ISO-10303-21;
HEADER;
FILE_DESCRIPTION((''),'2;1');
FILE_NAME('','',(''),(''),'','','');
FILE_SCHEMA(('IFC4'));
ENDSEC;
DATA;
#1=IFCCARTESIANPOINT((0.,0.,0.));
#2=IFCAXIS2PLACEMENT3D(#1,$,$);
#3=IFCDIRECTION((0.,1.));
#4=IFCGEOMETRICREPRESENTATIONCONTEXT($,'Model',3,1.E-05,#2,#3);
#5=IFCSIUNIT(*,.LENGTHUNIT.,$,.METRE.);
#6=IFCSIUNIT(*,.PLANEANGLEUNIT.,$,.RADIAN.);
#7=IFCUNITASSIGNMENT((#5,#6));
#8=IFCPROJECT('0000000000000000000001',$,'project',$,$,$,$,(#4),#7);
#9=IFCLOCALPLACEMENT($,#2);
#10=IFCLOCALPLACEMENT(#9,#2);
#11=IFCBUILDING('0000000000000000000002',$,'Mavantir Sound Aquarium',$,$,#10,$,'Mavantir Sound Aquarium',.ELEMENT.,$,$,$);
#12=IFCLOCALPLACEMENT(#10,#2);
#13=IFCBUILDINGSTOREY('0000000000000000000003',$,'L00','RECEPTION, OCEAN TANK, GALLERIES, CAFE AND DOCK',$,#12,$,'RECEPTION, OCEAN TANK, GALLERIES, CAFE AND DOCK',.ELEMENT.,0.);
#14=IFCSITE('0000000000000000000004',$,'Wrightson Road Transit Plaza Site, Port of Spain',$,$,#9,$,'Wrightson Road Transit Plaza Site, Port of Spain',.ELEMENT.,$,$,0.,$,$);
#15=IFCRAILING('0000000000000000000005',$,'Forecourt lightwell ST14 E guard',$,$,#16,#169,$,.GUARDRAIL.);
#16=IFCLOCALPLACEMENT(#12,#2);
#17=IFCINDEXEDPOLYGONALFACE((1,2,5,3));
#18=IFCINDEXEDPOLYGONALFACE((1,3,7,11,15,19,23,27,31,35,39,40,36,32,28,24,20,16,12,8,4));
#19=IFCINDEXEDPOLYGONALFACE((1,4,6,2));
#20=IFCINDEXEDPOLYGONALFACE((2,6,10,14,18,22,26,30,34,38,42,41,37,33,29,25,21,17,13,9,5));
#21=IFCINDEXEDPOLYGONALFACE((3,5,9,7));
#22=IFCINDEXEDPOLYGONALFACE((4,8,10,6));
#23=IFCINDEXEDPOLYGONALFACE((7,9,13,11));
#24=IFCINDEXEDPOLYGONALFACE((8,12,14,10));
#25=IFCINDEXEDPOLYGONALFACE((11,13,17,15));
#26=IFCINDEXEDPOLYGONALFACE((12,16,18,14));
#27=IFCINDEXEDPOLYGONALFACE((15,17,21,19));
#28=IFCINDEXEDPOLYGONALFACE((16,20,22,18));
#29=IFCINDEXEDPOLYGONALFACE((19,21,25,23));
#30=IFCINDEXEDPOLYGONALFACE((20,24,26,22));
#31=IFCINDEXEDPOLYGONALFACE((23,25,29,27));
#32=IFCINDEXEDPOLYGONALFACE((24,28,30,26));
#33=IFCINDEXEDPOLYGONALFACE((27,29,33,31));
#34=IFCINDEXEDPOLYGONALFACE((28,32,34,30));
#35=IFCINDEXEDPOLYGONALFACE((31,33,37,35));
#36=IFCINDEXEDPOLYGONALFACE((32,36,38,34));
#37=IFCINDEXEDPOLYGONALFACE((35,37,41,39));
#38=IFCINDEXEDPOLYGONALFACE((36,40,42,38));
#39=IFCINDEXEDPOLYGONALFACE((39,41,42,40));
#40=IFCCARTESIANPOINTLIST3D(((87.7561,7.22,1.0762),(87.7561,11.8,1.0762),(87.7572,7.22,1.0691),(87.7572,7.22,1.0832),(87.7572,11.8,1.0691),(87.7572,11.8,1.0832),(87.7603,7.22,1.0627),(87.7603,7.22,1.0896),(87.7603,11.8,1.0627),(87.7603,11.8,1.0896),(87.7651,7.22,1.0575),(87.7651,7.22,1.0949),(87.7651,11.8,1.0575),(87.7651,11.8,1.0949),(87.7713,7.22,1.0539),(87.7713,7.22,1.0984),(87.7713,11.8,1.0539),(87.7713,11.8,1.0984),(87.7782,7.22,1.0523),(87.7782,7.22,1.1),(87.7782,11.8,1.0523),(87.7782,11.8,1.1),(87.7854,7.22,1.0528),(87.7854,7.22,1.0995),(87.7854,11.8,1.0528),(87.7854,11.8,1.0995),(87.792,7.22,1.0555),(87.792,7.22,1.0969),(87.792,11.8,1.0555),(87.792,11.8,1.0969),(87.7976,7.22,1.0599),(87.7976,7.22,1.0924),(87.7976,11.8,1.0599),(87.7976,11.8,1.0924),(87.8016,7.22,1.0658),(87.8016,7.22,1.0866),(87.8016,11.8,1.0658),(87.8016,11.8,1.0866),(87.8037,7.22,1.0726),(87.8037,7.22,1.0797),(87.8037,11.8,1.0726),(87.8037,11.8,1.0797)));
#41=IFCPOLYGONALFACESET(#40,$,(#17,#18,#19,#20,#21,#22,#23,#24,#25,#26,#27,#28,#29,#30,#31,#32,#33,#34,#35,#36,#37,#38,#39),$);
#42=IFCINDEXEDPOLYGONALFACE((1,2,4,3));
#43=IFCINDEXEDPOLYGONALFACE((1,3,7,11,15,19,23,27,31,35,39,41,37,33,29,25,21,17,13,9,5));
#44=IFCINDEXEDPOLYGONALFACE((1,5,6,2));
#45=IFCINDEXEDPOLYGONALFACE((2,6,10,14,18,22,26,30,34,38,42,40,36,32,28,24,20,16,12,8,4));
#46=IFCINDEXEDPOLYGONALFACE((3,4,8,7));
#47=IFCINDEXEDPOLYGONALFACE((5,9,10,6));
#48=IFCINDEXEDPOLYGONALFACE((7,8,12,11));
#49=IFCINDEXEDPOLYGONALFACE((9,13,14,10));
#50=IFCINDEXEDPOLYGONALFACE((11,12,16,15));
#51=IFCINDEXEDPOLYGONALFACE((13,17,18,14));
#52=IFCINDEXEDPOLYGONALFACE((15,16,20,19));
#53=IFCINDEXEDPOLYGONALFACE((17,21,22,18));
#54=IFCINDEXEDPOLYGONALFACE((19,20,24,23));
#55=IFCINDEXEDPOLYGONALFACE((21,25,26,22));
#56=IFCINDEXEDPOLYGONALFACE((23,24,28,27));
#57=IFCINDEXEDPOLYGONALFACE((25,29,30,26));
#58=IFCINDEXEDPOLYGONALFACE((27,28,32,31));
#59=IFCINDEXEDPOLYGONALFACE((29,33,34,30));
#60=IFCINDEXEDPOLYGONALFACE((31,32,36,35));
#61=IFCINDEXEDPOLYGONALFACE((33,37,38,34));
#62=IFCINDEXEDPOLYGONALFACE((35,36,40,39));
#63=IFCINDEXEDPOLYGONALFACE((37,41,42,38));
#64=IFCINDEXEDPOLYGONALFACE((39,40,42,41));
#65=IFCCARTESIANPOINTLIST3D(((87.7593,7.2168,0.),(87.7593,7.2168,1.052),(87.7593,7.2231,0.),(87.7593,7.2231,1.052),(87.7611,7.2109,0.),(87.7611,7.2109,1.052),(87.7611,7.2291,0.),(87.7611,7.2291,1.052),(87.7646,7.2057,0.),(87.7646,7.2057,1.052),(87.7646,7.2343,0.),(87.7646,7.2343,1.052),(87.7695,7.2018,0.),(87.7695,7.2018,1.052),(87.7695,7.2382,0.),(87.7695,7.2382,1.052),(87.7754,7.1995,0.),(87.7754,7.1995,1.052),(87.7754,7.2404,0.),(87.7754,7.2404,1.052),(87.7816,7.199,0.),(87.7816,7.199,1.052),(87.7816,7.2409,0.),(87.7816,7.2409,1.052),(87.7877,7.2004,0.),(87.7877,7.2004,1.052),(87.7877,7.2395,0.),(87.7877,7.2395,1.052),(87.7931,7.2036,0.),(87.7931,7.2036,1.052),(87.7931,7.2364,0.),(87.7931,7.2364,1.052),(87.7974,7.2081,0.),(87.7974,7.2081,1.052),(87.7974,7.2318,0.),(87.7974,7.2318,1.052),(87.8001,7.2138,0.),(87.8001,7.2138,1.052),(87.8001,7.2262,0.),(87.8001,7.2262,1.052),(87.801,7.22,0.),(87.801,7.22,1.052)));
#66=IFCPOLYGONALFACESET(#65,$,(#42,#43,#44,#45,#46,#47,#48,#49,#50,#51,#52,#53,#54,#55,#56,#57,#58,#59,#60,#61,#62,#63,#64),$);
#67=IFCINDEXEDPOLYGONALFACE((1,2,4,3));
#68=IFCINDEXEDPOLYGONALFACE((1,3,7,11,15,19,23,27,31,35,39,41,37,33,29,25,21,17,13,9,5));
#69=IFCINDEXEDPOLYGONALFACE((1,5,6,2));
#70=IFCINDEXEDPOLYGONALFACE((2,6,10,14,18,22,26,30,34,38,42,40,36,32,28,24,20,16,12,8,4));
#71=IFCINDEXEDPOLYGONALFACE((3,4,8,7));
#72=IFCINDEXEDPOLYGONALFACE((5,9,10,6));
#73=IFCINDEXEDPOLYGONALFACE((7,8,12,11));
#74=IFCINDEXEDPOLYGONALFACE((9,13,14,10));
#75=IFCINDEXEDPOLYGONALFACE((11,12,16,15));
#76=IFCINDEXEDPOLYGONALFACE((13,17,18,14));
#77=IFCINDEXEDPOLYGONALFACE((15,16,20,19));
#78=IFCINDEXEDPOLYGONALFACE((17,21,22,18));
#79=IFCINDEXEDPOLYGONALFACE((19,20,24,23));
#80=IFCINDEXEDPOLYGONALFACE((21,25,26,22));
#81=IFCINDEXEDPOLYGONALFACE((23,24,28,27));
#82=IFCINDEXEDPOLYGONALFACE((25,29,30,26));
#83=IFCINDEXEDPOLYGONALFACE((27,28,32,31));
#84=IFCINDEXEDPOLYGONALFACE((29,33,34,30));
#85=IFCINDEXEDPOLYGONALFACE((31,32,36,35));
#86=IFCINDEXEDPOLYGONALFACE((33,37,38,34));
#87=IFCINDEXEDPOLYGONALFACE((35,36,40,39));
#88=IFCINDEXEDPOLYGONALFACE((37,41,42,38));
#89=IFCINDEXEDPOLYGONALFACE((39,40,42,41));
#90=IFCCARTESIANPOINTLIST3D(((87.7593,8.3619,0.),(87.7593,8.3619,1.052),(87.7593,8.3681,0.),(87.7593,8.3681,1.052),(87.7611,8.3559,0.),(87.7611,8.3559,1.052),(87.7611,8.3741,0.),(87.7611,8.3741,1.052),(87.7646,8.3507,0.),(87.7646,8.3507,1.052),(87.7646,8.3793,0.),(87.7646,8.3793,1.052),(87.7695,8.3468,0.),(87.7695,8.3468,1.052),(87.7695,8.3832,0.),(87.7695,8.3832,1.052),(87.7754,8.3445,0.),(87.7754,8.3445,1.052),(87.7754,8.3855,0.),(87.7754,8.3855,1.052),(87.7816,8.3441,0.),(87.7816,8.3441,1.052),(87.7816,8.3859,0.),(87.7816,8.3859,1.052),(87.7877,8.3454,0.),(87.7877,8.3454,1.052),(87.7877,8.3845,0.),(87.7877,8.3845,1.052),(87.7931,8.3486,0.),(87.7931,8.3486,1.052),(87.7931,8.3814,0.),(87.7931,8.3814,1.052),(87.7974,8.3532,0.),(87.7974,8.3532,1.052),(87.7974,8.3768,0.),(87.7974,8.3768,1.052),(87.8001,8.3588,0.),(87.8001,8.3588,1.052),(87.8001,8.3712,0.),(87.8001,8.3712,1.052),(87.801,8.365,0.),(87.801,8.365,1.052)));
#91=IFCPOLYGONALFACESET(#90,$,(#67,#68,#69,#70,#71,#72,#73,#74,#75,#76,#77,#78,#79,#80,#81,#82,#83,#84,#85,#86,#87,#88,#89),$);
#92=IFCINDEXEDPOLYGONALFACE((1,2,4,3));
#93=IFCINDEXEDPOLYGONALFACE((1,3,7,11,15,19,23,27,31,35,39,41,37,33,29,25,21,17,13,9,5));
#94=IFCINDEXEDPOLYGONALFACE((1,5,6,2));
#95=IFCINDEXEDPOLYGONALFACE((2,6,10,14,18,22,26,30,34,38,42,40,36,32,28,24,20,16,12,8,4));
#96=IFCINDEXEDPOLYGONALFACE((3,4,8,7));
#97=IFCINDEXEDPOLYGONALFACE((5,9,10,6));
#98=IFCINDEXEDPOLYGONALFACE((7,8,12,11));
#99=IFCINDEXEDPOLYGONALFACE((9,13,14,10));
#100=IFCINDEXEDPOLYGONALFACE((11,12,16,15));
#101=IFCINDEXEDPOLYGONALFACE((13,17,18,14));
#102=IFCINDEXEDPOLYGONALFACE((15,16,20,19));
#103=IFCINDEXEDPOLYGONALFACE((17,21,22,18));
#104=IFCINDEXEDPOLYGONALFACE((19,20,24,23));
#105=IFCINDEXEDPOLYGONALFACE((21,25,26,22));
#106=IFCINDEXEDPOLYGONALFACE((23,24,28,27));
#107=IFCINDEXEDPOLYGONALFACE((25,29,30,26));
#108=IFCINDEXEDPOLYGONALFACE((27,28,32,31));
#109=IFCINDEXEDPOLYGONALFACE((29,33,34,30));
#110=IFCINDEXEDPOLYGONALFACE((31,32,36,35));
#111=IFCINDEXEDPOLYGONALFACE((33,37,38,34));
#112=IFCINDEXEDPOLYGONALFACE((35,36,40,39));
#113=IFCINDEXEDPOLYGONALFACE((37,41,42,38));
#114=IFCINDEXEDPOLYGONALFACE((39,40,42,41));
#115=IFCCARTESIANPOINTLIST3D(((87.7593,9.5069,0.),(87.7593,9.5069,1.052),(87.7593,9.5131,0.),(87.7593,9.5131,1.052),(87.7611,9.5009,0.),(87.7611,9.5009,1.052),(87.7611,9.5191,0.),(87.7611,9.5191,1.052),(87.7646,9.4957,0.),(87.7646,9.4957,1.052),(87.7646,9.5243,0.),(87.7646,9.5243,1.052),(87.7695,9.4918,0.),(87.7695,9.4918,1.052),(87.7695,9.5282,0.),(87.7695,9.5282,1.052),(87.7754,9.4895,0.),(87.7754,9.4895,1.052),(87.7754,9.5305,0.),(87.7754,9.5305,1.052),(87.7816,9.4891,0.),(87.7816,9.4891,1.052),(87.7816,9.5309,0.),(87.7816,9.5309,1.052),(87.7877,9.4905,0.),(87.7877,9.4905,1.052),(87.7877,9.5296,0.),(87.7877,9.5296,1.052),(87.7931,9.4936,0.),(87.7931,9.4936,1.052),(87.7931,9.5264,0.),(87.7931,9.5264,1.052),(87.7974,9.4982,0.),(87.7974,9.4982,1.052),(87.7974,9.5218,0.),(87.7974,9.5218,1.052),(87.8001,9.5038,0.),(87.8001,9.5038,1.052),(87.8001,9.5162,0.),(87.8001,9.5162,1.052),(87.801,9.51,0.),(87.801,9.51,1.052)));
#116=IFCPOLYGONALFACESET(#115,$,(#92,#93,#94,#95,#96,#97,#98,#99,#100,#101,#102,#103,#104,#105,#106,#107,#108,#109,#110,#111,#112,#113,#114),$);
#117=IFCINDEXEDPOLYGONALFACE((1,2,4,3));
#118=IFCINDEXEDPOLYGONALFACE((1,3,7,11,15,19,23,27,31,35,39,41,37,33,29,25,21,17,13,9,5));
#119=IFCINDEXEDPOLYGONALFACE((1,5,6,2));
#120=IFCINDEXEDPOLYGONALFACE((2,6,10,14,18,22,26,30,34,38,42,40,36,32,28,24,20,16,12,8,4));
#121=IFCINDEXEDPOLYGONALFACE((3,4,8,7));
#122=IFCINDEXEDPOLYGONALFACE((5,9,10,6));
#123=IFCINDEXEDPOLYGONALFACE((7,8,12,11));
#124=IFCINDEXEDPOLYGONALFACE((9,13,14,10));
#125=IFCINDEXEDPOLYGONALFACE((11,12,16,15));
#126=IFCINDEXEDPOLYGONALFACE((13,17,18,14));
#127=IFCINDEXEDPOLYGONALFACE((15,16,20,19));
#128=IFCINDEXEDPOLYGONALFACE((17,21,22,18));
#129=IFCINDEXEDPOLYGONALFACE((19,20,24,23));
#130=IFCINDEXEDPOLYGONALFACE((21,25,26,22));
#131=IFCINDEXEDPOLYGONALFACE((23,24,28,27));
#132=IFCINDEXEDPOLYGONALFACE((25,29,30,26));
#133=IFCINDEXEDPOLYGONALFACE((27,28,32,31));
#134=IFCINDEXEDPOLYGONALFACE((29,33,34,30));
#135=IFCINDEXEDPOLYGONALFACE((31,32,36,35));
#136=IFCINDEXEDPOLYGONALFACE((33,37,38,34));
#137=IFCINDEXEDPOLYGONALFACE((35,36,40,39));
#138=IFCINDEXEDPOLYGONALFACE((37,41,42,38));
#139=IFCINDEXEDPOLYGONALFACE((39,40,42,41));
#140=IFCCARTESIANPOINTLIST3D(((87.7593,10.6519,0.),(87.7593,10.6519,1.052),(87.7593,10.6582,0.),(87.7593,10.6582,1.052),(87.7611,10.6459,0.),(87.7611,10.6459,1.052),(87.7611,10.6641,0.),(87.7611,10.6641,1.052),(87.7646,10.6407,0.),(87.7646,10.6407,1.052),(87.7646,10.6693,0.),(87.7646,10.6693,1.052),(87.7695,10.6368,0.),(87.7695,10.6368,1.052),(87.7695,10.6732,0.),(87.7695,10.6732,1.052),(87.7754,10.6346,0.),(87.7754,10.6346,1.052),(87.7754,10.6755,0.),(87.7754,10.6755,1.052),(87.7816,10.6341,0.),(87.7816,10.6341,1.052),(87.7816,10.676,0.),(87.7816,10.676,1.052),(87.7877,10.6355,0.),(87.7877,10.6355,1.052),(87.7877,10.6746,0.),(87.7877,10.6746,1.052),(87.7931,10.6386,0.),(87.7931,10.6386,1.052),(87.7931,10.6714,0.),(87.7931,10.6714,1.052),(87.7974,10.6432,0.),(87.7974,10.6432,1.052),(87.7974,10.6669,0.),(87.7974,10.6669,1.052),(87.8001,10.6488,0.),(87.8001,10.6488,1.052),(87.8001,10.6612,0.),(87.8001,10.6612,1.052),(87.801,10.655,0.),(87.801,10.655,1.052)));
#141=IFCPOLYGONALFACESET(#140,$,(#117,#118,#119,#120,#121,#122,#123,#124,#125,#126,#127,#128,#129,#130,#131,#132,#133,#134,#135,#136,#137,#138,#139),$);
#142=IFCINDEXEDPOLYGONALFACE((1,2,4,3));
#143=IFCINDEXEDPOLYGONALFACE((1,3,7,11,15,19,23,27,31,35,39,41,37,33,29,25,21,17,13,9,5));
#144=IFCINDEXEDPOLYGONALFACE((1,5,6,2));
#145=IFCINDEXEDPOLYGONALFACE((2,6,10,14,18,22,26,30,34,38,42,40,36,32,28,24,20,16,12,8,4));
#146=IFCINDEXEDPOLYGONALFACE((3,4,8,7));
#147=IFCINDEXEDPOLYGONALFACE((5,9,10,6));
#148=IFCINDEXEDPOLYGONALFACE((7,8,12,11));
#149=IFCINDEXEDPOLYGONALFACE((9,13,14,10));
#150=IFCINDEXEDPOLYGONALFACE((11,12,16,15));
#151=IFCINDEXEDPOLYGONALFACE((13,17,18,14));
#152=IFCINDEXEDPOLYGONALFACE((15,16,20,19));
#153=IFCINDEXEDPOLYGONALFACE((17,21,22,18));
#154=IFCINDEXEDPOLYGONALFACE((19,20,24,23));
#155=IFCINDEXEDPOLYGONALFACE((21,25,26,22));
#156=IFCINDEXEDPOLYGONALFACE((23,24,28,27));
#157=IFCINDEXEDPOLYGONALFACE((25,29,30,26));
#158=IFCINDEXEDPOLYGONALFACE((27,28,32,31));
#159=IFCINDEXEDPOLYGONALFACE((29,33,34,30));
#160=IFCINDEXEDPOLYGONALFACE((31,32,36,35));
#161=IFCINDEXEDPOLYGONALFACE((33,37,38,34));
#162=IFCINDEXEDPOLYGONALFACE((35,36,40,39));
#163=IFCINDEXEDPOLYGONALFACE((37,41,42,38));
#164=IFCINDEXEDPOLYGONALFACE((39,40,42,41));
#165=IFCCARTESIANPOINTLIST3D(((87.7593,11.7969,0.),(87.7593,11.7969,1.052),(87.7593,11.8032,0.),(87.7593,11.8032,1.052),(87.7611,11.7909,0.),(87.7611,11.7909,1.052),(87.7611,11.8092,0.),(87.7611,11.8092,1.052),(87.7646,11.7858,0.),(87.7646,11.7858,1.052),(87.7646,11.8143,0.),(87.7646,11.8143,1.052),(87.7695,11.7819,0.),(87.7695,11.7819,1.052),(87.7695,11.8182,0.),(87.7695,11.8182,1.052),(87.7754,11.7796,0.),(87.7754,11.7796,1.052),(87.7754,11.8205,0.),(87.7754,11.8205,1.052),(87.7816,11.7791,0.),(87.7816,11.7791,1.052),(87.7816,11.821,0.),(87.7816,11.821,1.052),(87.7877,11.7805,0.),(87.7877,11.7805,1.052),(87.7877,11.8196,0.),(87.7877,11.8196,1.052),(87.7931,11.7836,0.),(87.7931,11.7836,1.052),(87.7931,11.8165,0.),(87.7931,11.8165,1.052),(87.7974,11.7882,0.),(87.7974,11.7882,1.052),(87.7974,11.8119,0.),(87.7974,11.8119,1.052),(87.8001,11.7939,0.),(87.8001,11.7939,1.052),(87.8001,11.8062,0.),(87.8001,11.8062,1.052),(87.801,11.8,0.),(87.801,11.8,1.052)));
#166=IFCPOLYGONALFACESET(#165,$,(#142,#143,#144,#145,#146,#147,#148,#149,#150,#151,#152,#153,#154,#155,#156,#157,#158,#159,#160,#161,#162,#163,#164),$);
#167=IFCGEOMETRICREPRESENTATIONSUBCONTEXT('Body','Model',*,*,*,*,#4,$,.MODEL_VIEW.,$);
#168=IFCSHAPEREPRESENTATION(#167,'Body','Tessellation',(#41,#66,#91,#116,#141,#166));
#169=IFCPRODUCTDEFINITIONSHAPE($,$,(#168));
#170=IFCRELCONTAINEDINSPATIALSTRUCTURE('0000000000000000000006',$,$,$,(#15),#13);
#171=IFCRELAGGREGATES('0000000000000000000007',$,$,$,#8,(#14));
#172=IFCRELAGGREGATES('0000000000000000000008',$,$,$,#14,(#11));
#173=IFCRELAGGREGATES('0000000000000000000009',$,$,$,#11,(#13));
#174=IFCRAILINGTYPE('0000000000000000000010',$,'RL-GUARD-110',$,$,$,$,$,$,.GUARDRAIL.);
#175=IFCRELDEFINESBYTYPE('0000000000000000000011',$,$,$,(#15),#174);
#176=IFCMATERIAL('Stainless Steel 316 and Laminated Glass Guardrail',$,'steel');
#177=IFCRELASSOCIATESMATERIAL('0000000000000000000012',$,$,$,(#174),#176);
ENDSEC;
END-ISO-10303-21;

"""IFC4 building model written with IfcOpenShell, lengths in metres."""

from ifc_helpers import new_model, si_unit, direction, frame, origin, origin_2d, place, context, subcontext, project, spatial, circle, extrude, material, type_object, element, save


model = new_model("IFC4")

# Units and contexts
model_context = context("Model", 3, precision=1e-05, world=origin(), true_north=direction((0.0, 1.0)))
body_context = subcontext(model_context, "Body", "Model", "MODEL_VIEW")
ifc_project = project(units=[si_unit("LENGTHUNIT", "METRE"), si_unit("PLANEANGLEUNIT", "RADIAN")], contexts=[model_context])

# Site, building, storey
site_placement = place(None, origin())
site = spatial("IfcSite", under=ifc_project, at=site_placement, Name="Wrightson Road Transit Plaza Site, Port of Spain", LongName="Wrightson Road Transit Plaza Site, Port of Spain", CompositionType="ELEMENT", RefElevation=0.0)
building_placement = place(site_placement, origin())
building = spatial("IfcBuilding", under=site, at=building_placement, Name="Mavantir Sound Aquarium", LongName="Mavantir Sound Aquarium", CompositionType="ELEMENT")
storey_placement = place(building_placement, origin())
storey = spatial("IfcBuildingStorey", under=building, at=storey_placement, Name="L00", Description="RECEPTION, OCEAN TANK, GALLERIES, CAFE AND DOCK", LongName="RECEPTION, OCEAN TANK, GALLERIES, CAFE AND DOCK", CompositionType="ELEMENT", Elevation=0.0)

# Railing
ifc_material_1 = material(Name="Stainless Steel 316 and Laminated Glass Guardrail", Category="steel")
railing_type_1 = type_object("IfcRailingType", Name="RL-GUARD-110", PredefinedType="GUARDRAIL", material=ifc_material_1)
railing_1_placement = place(storey_placement, frame((87.78, 7.22, 0.0)))
element("IfcRailing", 1, at=railing_1_placement, inside=storey, type_object=railing_type_1, Name="Forecourt lightwell ST14 E guard", PredefinedType="GUARDRAIL", context=body_context, shape_type="SweptSolid", body=[
    extrude(circle(Radius=0.0239, at=origin_2d()), frame((0.0, 0.0, 1.0762), z_axis=(0.0, 1.0, 0.0), x_axis=(-1.0, 0.0, 0.0)), (0.0, 0.0, 1.0), 4.5801),
    extrude(circle(Radius=0.021, at=origin_2d()), origin(), (0.0, 0.0, 1.0), 1.052),
    extrude(circle(Radius=0.021, at=origin_2d()), frame((0.0, 1.145, 0.0)), (0.0, 0.0, 1.0), 1.052),
    extrude(circle(Radius=0.021, at=origin_2d()), frame((0.0, 2.29, 0.0)), (0.0, 0.0, 1.0), 1.052),
    extrude(circle(Radius=0.021, at=origin_2d()), frame((0.0, 3.4351, 0.0)), (0.0, 0.0, 1.0), 1.052),
    extrude(circle(Radius=0.021, at=origin_2d()), frame((0.0, 4.5801, 0.0)), (0.0, 0.0, 1.0), 1.052),
])

save(model, "model.ifc")
